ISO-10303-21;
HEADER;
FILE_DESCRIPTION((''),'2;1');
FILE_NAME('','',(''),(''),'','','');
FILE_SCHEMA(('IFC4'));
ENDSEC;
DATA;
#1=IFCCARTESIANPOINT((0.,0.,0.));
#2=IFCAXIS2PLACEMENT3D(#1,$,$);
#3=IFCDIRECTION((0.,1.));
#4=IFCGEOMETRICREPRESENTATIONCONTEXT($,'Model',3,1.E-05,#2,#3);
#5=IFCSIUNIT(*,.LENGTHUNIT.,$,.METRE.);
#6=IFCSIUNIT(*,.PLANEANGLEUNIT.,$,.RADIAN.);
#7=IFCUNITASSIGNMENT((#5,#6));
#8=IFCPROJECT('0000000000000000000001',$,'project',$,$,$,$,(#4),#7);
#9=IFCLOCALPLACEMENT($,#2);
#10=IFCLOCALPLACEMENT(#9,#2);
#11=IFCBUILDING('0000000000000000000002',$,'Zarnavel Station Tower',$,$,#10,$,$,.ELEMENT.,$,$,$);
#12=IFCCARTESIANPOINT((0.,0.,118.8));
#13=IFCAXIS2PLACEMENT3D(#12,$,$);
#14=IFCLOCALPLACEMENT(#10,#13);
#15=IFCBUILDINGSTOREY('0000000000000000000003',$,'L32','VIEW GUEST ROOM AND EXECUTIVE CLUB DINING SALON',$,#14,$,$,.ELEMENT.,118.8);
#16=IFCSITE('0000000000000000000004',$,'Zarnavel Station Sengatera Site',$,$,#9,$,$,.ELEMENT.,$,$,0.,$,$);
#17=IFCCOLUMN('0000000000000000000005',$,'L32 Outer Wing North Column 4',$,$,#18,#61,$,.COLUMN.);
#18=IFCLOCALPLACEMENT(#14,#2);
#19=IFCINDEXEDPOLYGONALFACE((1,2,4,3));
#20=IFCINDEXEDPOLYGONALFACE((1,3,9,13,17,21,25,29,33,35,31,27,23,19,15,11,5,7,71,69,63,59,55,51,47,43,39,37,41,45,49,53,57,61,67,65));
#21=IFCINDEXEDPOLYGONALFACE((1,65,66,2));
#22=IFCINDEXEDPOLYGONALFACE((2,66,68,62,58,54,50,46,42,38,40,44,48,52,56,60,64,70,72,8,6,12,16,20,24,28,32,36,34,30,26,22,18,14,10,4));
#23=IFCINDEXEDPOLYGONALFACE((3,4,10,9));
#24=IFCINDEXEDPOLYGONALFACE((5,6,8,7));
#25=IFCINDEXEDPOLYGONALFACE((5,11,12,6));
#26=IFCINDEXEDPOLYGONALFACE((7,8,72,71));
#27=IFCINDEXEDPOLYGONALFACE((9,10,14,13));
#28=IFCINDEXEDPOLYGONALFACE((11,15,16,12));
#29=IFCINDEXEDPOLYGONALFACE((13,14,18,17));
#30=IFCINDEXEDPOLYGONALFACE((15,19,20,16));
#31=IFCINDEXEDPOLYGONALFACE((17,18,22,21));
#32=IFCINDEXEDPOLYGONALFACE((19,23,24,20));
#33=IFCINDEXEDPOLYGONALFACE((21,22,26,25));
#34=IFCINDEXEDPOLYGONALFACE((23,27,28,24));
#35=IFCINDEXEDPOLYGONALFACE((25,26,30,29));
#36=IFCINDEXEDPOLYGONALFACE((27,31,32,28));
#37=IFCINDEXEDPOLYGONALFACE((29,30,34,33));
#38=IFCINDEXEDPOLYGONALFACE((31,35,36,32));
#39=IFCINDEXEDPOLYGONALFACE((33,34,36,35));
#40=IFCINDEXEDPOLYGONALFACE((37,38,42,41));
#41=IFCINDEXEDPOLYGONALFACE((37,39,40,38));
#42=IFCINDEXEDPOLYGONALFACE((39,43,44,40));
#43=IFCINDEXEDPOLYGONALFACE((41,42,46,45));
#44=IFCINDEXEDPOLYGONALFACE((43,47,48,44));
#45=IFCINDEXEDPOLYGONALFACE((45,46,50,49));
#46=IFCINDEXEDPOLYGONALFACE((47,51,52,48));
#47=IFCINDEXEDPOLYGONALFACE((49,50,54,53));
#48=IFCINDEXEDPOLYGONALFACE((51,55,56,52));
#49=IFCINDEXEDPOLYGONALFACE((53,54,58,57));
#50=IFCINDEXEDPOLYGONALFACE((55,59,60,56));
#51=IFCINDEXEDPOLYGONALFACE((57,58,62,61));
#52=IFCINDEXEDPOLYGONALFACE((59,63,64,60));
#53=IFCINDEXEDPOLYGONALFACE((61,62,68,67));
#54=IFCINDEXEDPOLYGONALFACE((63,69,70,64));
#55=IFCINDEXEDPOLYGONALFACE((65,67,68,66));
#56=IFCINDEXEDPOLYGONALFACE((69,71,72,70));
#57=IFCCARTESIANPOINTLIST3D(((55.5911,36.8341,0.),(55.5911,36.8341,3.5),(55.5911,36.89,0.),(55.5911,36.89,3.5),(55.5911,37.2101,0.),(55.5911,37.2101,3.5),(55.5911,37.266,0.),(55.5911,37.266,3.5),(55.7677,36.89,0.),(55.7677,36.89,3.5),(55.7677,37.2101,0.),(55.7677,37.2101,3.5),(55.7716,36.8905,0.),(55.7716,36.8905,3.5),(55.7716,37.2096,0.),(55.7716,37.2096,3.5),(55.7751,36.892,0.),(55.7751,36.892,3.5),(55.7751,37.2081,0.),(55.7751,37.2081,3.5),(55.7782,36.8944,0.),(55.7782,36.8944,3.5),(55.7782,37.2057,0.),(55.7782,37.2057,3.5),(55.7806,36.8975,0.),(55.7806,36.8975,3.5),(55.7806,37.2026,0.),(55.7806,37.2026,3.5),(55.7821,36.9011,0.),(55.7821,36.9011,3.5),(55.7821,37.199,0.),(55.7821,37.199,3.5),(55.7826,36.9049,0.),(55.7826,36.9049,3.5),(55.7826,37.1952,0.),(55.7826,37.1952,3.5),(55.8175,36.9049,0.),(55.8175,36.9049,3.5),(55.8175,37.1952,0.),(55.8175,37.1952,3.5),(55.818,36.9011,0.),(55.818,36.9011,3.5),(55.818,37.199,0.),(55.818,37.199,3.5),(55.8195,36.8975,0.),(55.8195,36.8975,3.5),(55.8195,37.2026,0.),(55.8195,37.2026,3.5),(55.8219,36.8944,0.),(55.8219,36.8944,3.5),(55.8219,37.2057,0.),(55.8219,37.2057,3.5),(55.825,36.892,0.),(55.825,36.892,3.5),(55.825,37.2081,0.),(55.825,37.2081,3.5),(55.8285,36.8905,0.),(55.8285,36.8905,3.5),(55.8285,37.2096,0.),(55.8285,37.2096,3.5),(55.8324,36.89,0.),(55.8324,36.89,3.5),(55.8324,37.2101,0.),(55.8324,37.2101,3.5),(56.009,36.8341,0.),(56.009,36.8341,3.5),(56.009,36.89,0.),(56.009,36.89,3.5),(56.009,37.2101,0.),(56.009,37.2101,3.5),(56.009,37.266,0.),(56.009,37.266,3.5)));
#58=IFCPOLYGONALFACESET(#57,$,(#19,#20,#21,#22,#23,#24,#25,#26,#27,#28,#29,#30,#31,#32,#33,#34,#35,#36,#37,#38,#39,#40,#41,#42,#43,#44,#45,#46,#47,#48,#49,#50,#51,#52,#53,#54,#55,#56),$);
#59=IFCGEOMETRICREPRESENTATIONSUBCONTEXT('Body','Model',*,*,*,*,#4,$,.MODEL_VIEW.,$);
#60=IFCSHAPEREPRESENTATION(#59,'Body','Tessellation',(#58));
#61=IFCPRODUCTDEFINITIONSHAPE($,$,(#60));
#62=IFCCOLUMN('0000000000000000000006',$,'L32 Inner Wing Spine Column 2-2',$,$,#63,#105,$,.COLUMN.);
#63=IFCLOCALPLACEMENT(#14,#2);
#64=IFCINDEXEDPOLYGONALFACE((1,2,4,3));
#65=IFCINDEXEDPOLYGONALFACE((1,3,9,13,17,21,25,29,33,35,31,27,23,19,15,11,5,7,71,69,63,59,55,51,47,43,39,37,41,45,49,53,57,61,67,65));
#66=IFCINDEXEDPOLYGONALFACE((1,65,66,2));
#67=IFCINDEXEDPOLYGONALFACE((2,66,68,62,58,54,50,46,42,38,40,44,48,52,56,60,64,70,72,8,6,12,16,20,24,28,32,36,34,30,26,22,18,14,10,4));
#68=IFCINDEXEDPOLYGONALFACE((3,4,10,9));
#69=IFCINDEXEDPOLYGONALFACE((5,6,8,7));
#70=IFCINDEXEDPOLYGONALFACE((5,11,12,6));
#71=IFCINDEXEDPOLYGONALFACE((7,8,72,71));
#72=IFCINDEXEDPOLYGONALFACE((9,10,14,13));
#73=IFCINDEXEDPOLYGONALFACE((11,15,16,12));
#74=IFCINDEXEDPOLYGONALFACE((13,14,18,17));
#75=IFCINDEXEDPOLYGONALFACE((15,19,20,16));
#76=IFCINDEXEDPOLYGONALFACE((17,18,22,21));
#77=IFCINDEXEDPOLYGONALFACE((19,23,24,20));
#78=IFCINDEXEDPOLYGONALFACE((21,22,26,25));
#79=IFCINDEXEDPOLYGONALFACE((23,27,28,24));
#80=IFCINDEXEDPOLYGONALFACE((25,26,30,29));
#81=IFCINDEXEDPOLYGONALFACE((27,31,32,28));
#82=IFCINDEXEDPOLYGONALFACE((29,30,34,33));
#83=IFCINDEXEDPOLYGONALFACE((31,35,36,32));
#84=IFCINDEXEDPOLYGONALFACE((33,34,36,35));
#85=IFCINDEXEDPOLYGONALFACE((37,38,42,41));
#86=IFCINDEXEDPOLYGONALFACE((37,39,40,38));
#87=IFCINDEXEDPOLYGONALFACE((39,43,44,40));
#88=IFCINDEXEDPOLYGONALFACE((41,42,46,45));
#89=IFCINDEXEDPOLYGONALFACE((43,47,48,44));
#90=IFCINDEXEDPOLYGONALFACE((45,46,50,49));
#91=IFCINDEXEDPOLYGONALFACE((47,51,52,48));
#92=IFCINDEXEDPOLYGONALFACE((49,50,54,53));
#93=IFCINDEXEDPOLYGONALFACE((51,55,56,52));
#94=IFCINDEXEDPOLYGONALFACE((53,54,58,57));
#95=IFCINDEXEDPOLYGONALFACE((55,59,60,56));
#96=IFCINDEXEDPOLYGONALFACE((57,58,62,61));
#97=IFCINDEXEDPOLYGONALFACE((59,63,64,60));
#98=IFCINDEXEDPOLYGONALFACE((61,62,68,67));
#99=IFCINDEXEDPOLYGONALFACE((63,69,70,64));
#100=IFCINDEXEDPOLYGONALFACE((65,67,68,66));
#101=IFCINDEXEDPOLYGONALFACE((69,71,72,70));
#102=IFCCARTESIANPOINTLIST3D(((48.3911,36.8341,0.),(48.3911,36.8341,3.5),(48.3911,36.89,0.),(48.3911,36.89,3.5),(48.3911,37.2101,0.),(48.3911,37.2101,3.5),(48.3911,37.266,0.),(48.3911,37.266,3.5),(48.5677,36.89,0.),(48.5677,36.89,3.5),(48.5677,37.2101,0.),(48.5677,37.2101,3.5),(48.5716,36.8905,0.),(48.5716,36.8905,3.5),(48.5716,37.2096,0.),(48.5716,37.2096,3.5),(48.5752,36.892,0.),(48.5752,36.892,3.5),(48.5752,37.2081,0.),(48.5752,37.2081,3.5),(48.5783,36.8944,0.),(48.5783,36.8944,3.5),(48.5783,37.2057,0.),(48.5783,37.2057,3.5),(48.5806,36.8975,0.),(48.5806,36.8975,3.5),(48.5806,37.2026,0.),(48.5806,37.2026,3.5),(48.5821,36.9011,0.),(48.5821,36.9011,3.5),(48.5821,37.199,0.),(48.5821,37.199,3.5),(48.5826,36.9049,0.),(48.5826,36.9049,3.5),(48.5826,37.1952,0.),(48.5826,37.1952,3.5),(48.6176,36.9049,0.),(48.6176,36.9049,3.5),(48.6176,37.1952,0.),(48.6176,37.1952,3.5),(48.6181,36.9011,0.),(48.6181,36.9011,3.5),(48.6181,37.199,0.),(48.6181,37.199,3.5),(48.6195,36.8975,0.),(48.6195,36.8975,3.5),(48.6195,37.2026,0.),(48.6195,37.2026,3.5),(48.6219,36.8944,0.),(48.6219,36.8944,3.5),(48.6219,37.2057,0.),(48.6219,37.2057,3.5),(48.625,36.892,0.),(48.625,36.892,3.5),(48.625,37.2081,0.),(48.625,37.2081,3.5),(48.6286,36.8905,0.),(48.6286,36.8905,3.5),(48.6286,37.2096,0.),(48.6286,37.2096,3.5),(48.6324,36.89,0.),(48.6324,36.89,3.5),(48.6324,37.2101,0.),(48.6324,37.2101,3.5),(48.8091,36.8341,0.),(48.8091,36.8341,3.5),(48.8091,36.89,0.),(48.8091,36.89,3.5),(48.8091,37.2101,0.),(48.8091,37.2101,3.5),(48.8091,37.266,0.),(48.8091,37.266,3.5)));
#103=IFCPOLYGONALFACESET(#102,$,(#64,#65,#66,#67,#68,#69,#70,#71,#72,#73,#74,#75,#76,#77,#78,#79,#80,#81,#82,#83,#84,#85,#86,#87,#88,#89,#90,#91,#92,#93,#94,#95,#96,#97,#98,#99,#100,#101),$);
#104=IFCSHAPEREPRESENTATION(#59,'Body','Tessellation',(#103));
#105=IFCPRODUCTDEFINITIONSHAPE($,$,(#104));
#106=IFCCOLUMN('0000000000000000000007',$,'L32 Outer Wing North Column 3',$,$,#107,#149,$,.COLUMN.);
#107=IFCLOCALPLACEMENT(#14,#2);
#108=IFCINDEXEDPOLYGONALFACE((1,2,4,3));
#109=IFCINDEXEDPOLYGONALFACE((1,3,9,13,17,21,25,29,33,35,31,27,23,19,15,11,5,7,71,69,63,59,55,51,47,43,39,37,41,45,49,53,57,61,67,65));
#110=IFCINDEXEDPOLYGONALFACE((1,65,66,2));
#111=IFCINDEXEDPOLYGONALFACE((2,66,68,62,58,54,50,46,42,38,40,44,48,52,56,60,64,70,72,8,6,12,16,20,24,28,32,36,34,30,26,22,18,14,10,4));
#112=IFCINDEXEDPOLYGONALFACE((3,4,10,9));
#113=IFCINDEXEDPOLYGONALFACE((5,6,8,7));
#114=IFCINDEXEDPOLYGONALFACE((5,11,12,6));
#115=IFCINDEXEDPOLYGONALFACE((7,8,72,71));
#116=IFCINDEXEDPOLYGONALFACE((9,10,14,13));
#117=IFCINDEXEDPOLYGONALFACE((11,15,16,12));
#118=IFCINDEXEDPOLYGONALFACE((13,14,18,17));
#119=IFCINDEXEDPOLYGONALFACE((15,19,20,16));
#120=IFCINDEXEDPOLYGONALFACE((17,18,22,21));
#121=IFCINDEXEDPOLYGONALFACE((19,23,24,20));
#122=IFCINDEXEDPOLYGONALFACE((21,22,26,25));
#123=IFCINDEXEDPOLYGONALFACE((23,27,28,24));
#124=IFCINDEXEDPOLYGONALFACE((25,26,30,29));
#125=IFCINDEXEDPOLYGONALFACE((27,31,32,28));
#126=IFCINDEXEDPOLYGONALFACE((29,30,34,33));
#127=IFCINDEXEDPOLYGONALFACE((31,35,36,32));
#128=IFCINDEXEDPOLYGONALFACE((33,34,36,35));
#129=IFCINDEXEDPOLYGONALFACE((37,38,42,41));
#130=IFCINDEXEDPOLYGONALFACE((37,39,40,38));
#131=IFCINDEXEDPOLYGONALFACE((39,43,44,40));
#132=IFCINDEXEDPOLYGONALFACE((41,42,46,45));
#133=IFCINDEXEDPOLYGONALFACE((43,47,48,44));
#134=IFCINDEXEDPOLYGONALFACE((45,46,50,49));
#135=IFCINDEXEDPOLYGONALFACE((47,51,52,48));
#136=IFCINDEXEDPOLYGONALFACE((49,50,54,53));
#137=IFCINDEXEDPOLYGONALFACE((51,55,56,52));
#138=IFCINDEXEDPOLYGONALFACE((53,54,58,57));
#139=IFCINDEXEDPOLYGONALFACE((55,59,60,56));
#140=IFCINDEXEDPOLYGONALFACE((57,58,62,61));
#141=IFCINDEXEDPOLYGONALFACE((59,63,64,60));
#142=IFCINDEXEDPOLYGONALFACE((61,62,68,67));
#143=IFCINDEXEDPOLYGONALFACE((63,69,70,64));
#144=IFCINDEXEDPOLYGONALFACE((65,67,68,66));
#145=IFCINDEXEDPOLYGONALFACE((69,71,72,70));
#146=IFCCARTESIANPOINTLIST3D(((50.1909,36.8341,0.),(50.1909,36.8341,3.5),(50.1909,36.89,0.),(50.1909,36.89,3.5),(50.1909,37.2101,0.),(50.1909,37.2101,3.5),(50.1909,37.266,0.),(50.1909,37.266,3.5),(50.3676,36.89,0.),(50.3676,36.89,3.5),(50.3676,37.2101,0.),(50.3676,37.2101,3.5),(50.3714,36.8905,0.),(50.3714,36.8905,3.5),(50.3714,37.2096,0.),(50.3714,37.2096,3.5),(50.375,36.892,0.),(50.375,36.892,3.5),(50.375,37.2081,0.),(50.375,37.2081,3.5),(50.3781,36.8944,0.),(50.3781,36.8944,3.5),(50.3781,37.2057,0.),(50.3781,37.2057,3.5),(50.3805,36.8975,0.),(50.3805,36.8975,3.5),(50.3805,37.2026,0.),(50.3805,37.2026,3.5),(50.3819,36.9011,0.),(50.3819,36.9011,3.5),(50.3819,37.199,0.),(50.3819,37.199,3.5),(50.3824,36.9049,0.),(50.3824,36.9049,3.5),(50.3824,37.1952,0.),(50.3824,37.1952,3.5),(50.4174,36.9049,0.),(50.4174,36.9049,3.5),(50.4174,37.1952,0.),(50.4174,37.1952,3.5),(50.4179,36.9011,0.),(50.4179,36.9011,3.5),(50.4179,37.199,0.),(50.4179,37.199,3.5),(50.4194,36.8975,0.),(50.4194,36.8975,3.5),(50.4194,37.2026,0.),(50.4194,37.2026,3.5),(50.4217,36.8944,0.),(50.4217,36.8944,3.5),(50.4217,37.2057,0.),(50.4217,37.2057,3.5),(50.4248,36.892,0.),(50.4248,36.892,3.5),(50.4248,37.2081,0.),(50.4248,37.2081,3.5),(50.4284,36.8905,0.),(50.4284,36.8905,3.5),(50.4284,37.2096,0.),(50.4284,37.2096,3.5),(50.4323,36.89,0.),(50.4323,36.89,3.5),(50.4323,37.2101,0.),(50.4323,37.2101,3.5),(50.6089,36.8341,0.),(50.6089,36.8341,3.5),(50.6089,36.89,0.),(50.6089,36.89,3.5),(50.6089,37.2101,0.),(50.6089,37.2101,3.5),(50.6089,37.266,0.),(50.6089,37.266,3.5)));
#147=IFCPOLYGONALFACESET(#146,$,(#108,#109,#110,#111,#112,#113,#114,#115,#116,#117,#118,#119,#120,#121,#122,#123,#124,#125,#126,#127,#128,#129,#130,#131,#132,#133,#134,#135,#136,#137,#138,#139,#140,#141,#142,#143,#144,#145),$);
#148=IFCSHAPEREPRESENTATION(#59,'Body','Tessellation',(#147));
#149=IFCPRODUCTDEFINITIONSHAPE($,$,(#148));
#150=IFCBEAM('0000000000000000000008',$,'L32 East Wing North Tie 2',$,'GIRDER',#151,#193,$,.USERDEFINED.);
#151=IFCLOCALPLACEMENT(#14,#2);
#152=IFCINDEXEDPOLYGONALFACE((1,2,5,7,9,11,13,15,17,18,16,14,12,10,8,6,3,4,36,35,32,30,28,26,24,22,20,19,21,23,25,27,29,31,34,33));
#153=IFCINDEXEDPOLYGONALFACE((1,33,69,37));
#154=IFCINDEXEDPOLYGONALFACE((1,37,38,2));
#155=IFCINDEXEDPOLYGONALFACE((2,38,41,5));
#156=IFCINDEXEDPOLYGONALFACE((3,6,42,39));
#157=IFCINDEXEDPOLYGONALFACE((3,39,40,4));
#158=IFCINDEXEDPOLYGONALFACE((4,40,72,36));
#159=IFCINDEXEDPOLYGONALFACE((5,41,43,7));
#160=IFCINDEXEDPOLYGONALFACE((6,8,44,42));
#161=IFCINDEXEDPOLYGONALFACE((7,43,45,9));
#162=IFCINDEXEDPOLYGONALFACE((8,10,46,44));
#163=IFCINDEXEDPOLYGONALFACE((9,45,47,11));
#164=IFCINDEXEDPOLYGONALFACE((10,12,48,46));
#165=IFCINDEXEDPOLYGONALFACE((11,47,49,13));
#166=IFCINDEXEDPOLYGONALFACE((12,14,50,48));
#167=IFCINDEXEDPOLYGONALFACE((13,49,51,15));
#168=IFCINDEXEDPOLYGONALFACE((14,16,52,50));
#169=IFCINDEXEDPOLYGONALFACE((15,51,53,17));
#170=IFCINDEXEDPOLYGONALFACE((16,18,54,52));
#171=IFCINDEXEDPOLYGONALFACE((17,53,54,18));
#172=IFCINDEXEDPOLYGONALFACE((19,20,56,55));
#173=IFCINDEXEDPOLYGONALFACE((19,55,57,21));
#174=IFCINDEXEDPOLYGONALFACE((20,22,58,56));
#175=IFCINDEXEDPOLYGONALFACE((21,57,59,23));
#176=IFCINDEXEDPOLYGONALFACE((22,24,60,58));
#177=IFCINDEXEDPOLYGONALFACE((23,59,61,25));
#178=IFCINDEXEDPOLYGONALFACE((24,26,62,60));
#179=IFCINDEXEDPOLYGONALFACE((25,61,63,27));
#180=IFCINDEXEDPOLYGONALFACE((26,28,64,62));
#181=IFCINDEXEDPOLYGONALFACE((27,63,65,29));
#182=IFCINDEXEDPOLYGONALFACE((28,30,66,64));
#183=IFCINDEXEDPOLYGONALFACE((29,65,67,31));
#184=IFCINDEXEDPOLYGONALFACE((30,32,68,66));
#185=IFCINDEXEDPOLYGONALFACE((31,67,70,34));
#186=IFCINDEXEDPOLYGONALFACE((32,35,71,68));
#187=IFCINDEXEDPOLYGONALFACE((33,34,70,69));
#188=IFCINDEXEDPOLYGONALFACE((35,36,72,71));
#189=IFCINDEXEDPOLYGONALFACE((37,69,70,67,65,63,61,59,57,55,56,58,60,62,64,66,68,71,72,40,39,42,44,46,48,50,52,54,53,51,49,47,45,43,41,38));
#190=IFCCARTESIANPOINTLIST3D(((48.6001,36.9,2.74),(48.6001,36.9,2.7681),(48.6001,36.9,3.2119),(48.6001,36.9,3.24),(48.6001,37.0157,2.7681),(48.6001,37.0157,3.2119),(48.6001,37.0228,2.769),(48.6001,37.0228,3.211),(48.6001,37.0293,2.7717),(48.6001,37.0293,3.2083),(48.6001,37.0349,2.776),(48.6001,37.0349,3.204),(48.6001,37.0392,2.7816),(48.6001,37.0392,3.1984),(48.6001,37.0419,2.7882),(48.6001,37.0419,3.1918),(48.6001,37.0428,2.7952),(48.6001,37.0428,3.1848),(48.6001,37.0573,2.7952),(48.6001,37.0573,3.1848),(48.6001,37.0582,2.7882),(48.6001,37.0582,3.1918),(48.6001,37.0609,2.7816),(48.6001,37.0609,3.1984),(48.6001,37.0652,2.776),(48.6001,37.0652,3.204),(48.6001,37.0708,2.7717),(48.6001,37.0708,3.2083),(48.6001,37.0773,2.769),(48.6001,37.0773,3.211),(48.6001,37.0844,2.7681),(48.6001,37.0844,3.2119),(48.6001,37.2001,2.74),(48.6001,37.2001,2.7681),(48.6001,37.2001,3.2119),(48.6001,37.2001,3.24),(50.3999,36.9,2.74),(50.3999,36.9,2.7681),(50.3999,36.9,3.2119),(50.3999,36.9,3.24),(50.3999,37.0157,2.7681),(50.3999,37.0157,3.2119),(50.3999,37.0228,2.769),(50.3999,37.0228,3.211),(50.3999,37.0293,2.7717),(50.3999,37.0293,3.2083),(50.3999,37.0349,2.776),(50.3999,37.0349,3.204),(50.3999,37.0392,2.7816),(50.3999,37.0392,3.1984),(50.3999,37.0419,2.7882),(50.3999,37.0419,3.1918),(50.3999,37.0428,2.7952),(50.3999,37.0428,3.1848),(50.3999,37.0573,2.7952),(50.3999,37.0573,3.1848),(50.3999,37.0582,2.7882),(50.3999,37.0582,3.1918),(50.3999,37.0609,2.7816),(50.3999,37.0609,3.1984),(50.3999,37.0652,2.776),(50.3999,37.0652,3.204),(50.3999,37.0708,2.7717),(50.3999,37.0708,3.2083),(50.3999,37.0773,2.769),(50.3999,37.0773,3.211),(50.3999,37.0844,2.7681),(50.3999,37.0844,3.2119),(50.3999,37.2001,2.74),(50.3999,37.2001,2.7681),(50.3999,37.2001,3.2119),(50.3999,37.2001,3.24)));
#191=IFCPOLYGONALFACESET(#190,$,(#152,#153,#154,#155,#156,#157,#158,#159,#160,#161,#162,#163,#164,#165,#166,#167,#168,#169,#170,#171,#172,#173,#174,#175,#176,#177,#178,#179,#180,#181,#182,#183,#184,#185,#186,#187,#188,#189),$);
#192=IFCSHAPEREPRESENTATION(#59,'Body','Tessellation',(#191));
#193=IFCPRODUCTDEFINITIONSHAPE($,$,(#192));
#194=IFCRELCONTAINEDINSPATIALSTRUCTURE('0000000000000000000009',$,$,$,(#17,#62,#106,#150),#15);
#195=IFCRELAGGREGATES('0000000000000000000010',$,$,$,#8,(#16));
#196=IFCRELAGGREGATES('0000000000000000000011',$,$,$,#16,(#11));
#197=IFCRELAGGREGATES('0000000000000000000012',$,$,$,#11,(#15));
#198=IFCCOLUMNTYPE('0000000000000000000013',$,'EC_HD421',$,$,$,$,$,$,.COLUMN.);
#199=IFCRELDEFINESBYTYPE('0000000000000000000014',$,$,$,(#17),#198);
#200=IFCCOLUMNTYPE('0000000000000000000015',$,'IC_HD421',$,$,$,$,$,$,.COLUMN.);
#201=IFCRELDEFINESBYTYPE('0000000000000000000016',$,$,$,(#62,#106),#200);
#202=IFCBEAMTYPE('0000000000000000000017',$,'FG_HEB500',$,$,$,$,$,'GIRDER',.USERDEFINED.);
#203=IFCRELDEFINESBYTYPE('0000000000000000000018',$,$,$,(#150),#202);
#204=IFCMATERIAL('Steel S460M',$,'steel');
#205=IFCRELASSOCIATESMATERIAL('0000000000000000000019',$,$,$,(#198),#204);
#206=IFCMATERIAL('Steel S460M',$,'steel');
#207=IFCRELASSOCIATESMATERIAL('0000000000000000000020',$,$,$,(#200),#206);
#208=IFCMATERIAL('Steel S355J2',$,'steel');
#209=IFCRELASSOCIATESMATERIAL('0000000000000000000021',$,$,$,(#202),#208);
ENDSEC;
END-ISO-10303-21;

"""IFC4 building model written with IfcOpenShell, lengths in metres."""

from ifc_helpers import new_model, si_unit, direction, frame, origin, origin_2d, place, context, subcontext, project, spatial, i_section, extrude, material, material_profile, profile_set, type_object, element, save


model = new_model("IFC4")

# Units and contexts
model_context = context("Model", 3, precision=1e-05, world=origin(), true_north=direction((0.0, 1.0)))
body_context = subcontext(model_context, "Body", "Model", "MODEL_VIEW")
ifc_project = project(units=[si_unit("LENGTHUNIT", "METRE"), si_unit("PLANEANGLEUNIT", "RADIAN")], contexts=[model_context])

# Site, building, storey
site_placement = place(None, origin())
site = spatial("IfcSite", under=ifc_project, at=site_placement, Name="Zarnavel Station Sengatera Site", CompositionType="ELEMENT", RefElevation=0.0)
building_placement = place(site_placement, origin())
building = spatial("IfcBuilding", under=site, at=building_placement, Name="Zarnavel Station Tower", CompositionType="ELEMENT")
storey_placement = place(building_placement, frame((0.0, 0.0, 118.8)))
storey = spatial("IfcBuildingStorey", under=building, at=storey_placement, Name="L32", Description="VIEW GUEST ROOM AND EXECUTIVE CLUB DINING SALON", CompositionType="ELEMENT", Elevation=118.8)

# Columns
ifc_material_1 = material(Name="Steel S460M", Category="steel")
ifc_material_profile_1 = material_profile(ifc_material_1, i_section(OverallWidth=0.418, OverallDepth=0.4319, WebThickness=0.0349, FlangeThickness=0.0559, FilletRadius=0.0149, at=origin_2d()), Name="HD400x421")
ifc_profile_set_1 = profile_set([ifc_material_profile_1], Name="Steel S460M")
column_type_1 = type_object("IfcColumnType", Name="EC_HD421", PredefinedType="COLUMN", material=ifc_profile_set_1)
column_placement = place(storey_placement, frame((55.8, 37.05, 0.0), z_axis=(0.0, 0.0, 1.0), x_axis=(1.0, 0.0, 0.0)))
element("IfcColumn", 1, at=column_placement, inside=storey, type_object=column_type_1, Name="L32 Outer Wing North Column 4", PredefinedType="COLUMN", context=body_context, shape_type="SweptSolid", body=[
    extrude(i_section(OverallWidth=0.418, OverallDepth=0.4319, WebThickness=0.0349, FlangeThickness=0.0559, FilletRadius=0.0149, at=origin_2d()), origin(), (0.0, 0.0, 1.0), 3.5),
])
ifc_material_2 = material(Name="Steel S460M", Category="steel")
ifc_material_profile_2 = material_profile(ifc_material_2, i_section(OverallWidth=0.418, OverallDepth=0.4319, WebThickness=0.0349, FlangeThickness=0.0559, FilletRadius=0.0149, at=origin_2d()), Name="HD400x421")
ifc_profile_set_2 = profile_set([ifc_material_profile_2], Name="Steel S460M")
column_type_2 = type_object("IfcColumnType", Name="IC_HD421", PredefinedType="COLUMN", material=ifc_profile_set_2)
for number, where, z_axis, x_axis, name in (
    (2, (48.6001, 37.05, 0.0), (0.0, 0.0, 1.0), (1.0, 0.0, 0.0), "L32 Inner Wing Spine Column 2-2"),
    (3, (50.3999, 37.05, 0.0), (0.0, 0.0, 1.0), (1.0, 0.0, 0.0), "L32 Outer Wing North Column 3"),
):
    element("IfcColumn", number, at=place(storey_placement, frame(where, z_axis=z_axis, x_axis=x_axis)), inside=storey, type_object=column_type_2, Name=name, PredefinedType="COLUMN", context=body_context, shape_type="SweptSolid", body=[
        extrude(i_section(OverallWidth=0.418, OverallDepth=0.4319, WebThickness=0.0349, FlangeThickness=0.0559, FilletRadius=0.0149, at=origin_2d()), origin(), (0.0, 0.0, 1.0), 3.5),
    ])

# Beam
ifc_material_3 = material(Name="Steel S355J2", Category="steel")
ifc_material_profile_3 = material_profile(ifc_material_3, i_section(OverallWidth=0.3, OverallDepth=0.5, WebThickness=0.0144, FlangeThickness=0.0281, FilletRadius=0.0271, at=origin_2d()), Name="HEB500")
ifc_profile_set_3 = profile_set([ifc_material_profile_3], Name="Steel S355J2")
beam_type = type_object("IfcBeamType", Name="FG_HEB500", ElementType="GIRDER", PredefinedType="USERDEFINED", material=ifc_profile_set_3)
beam_1_placement = place(storey_placement, frame((48.6001, 37.05, 2.99), z_axis=(1.0, 0.0, 0.0), x_axis=(0.0, 1.0, 0.0)))
element("IfcBeam", 4, at=beam_1_placement, inside=storey, type_object=beam_type, Name="L32 East Wing North Tie 2", ObjectType="GIRDER", PredefinedType="USERDEFINED", context=body_context, shape_type="SweptSolid", body=[
    extrude(i_section(OverallWidth=0.3, OverallDepth=0.5, WebThickness=0.0144, FlangeThickness=0.0281, FilletRadius=0.0271, at=origin_2d()), origin(), (0.0, 0.0, 1.0), 1.7998),
])

save(model, "model.ifc")
